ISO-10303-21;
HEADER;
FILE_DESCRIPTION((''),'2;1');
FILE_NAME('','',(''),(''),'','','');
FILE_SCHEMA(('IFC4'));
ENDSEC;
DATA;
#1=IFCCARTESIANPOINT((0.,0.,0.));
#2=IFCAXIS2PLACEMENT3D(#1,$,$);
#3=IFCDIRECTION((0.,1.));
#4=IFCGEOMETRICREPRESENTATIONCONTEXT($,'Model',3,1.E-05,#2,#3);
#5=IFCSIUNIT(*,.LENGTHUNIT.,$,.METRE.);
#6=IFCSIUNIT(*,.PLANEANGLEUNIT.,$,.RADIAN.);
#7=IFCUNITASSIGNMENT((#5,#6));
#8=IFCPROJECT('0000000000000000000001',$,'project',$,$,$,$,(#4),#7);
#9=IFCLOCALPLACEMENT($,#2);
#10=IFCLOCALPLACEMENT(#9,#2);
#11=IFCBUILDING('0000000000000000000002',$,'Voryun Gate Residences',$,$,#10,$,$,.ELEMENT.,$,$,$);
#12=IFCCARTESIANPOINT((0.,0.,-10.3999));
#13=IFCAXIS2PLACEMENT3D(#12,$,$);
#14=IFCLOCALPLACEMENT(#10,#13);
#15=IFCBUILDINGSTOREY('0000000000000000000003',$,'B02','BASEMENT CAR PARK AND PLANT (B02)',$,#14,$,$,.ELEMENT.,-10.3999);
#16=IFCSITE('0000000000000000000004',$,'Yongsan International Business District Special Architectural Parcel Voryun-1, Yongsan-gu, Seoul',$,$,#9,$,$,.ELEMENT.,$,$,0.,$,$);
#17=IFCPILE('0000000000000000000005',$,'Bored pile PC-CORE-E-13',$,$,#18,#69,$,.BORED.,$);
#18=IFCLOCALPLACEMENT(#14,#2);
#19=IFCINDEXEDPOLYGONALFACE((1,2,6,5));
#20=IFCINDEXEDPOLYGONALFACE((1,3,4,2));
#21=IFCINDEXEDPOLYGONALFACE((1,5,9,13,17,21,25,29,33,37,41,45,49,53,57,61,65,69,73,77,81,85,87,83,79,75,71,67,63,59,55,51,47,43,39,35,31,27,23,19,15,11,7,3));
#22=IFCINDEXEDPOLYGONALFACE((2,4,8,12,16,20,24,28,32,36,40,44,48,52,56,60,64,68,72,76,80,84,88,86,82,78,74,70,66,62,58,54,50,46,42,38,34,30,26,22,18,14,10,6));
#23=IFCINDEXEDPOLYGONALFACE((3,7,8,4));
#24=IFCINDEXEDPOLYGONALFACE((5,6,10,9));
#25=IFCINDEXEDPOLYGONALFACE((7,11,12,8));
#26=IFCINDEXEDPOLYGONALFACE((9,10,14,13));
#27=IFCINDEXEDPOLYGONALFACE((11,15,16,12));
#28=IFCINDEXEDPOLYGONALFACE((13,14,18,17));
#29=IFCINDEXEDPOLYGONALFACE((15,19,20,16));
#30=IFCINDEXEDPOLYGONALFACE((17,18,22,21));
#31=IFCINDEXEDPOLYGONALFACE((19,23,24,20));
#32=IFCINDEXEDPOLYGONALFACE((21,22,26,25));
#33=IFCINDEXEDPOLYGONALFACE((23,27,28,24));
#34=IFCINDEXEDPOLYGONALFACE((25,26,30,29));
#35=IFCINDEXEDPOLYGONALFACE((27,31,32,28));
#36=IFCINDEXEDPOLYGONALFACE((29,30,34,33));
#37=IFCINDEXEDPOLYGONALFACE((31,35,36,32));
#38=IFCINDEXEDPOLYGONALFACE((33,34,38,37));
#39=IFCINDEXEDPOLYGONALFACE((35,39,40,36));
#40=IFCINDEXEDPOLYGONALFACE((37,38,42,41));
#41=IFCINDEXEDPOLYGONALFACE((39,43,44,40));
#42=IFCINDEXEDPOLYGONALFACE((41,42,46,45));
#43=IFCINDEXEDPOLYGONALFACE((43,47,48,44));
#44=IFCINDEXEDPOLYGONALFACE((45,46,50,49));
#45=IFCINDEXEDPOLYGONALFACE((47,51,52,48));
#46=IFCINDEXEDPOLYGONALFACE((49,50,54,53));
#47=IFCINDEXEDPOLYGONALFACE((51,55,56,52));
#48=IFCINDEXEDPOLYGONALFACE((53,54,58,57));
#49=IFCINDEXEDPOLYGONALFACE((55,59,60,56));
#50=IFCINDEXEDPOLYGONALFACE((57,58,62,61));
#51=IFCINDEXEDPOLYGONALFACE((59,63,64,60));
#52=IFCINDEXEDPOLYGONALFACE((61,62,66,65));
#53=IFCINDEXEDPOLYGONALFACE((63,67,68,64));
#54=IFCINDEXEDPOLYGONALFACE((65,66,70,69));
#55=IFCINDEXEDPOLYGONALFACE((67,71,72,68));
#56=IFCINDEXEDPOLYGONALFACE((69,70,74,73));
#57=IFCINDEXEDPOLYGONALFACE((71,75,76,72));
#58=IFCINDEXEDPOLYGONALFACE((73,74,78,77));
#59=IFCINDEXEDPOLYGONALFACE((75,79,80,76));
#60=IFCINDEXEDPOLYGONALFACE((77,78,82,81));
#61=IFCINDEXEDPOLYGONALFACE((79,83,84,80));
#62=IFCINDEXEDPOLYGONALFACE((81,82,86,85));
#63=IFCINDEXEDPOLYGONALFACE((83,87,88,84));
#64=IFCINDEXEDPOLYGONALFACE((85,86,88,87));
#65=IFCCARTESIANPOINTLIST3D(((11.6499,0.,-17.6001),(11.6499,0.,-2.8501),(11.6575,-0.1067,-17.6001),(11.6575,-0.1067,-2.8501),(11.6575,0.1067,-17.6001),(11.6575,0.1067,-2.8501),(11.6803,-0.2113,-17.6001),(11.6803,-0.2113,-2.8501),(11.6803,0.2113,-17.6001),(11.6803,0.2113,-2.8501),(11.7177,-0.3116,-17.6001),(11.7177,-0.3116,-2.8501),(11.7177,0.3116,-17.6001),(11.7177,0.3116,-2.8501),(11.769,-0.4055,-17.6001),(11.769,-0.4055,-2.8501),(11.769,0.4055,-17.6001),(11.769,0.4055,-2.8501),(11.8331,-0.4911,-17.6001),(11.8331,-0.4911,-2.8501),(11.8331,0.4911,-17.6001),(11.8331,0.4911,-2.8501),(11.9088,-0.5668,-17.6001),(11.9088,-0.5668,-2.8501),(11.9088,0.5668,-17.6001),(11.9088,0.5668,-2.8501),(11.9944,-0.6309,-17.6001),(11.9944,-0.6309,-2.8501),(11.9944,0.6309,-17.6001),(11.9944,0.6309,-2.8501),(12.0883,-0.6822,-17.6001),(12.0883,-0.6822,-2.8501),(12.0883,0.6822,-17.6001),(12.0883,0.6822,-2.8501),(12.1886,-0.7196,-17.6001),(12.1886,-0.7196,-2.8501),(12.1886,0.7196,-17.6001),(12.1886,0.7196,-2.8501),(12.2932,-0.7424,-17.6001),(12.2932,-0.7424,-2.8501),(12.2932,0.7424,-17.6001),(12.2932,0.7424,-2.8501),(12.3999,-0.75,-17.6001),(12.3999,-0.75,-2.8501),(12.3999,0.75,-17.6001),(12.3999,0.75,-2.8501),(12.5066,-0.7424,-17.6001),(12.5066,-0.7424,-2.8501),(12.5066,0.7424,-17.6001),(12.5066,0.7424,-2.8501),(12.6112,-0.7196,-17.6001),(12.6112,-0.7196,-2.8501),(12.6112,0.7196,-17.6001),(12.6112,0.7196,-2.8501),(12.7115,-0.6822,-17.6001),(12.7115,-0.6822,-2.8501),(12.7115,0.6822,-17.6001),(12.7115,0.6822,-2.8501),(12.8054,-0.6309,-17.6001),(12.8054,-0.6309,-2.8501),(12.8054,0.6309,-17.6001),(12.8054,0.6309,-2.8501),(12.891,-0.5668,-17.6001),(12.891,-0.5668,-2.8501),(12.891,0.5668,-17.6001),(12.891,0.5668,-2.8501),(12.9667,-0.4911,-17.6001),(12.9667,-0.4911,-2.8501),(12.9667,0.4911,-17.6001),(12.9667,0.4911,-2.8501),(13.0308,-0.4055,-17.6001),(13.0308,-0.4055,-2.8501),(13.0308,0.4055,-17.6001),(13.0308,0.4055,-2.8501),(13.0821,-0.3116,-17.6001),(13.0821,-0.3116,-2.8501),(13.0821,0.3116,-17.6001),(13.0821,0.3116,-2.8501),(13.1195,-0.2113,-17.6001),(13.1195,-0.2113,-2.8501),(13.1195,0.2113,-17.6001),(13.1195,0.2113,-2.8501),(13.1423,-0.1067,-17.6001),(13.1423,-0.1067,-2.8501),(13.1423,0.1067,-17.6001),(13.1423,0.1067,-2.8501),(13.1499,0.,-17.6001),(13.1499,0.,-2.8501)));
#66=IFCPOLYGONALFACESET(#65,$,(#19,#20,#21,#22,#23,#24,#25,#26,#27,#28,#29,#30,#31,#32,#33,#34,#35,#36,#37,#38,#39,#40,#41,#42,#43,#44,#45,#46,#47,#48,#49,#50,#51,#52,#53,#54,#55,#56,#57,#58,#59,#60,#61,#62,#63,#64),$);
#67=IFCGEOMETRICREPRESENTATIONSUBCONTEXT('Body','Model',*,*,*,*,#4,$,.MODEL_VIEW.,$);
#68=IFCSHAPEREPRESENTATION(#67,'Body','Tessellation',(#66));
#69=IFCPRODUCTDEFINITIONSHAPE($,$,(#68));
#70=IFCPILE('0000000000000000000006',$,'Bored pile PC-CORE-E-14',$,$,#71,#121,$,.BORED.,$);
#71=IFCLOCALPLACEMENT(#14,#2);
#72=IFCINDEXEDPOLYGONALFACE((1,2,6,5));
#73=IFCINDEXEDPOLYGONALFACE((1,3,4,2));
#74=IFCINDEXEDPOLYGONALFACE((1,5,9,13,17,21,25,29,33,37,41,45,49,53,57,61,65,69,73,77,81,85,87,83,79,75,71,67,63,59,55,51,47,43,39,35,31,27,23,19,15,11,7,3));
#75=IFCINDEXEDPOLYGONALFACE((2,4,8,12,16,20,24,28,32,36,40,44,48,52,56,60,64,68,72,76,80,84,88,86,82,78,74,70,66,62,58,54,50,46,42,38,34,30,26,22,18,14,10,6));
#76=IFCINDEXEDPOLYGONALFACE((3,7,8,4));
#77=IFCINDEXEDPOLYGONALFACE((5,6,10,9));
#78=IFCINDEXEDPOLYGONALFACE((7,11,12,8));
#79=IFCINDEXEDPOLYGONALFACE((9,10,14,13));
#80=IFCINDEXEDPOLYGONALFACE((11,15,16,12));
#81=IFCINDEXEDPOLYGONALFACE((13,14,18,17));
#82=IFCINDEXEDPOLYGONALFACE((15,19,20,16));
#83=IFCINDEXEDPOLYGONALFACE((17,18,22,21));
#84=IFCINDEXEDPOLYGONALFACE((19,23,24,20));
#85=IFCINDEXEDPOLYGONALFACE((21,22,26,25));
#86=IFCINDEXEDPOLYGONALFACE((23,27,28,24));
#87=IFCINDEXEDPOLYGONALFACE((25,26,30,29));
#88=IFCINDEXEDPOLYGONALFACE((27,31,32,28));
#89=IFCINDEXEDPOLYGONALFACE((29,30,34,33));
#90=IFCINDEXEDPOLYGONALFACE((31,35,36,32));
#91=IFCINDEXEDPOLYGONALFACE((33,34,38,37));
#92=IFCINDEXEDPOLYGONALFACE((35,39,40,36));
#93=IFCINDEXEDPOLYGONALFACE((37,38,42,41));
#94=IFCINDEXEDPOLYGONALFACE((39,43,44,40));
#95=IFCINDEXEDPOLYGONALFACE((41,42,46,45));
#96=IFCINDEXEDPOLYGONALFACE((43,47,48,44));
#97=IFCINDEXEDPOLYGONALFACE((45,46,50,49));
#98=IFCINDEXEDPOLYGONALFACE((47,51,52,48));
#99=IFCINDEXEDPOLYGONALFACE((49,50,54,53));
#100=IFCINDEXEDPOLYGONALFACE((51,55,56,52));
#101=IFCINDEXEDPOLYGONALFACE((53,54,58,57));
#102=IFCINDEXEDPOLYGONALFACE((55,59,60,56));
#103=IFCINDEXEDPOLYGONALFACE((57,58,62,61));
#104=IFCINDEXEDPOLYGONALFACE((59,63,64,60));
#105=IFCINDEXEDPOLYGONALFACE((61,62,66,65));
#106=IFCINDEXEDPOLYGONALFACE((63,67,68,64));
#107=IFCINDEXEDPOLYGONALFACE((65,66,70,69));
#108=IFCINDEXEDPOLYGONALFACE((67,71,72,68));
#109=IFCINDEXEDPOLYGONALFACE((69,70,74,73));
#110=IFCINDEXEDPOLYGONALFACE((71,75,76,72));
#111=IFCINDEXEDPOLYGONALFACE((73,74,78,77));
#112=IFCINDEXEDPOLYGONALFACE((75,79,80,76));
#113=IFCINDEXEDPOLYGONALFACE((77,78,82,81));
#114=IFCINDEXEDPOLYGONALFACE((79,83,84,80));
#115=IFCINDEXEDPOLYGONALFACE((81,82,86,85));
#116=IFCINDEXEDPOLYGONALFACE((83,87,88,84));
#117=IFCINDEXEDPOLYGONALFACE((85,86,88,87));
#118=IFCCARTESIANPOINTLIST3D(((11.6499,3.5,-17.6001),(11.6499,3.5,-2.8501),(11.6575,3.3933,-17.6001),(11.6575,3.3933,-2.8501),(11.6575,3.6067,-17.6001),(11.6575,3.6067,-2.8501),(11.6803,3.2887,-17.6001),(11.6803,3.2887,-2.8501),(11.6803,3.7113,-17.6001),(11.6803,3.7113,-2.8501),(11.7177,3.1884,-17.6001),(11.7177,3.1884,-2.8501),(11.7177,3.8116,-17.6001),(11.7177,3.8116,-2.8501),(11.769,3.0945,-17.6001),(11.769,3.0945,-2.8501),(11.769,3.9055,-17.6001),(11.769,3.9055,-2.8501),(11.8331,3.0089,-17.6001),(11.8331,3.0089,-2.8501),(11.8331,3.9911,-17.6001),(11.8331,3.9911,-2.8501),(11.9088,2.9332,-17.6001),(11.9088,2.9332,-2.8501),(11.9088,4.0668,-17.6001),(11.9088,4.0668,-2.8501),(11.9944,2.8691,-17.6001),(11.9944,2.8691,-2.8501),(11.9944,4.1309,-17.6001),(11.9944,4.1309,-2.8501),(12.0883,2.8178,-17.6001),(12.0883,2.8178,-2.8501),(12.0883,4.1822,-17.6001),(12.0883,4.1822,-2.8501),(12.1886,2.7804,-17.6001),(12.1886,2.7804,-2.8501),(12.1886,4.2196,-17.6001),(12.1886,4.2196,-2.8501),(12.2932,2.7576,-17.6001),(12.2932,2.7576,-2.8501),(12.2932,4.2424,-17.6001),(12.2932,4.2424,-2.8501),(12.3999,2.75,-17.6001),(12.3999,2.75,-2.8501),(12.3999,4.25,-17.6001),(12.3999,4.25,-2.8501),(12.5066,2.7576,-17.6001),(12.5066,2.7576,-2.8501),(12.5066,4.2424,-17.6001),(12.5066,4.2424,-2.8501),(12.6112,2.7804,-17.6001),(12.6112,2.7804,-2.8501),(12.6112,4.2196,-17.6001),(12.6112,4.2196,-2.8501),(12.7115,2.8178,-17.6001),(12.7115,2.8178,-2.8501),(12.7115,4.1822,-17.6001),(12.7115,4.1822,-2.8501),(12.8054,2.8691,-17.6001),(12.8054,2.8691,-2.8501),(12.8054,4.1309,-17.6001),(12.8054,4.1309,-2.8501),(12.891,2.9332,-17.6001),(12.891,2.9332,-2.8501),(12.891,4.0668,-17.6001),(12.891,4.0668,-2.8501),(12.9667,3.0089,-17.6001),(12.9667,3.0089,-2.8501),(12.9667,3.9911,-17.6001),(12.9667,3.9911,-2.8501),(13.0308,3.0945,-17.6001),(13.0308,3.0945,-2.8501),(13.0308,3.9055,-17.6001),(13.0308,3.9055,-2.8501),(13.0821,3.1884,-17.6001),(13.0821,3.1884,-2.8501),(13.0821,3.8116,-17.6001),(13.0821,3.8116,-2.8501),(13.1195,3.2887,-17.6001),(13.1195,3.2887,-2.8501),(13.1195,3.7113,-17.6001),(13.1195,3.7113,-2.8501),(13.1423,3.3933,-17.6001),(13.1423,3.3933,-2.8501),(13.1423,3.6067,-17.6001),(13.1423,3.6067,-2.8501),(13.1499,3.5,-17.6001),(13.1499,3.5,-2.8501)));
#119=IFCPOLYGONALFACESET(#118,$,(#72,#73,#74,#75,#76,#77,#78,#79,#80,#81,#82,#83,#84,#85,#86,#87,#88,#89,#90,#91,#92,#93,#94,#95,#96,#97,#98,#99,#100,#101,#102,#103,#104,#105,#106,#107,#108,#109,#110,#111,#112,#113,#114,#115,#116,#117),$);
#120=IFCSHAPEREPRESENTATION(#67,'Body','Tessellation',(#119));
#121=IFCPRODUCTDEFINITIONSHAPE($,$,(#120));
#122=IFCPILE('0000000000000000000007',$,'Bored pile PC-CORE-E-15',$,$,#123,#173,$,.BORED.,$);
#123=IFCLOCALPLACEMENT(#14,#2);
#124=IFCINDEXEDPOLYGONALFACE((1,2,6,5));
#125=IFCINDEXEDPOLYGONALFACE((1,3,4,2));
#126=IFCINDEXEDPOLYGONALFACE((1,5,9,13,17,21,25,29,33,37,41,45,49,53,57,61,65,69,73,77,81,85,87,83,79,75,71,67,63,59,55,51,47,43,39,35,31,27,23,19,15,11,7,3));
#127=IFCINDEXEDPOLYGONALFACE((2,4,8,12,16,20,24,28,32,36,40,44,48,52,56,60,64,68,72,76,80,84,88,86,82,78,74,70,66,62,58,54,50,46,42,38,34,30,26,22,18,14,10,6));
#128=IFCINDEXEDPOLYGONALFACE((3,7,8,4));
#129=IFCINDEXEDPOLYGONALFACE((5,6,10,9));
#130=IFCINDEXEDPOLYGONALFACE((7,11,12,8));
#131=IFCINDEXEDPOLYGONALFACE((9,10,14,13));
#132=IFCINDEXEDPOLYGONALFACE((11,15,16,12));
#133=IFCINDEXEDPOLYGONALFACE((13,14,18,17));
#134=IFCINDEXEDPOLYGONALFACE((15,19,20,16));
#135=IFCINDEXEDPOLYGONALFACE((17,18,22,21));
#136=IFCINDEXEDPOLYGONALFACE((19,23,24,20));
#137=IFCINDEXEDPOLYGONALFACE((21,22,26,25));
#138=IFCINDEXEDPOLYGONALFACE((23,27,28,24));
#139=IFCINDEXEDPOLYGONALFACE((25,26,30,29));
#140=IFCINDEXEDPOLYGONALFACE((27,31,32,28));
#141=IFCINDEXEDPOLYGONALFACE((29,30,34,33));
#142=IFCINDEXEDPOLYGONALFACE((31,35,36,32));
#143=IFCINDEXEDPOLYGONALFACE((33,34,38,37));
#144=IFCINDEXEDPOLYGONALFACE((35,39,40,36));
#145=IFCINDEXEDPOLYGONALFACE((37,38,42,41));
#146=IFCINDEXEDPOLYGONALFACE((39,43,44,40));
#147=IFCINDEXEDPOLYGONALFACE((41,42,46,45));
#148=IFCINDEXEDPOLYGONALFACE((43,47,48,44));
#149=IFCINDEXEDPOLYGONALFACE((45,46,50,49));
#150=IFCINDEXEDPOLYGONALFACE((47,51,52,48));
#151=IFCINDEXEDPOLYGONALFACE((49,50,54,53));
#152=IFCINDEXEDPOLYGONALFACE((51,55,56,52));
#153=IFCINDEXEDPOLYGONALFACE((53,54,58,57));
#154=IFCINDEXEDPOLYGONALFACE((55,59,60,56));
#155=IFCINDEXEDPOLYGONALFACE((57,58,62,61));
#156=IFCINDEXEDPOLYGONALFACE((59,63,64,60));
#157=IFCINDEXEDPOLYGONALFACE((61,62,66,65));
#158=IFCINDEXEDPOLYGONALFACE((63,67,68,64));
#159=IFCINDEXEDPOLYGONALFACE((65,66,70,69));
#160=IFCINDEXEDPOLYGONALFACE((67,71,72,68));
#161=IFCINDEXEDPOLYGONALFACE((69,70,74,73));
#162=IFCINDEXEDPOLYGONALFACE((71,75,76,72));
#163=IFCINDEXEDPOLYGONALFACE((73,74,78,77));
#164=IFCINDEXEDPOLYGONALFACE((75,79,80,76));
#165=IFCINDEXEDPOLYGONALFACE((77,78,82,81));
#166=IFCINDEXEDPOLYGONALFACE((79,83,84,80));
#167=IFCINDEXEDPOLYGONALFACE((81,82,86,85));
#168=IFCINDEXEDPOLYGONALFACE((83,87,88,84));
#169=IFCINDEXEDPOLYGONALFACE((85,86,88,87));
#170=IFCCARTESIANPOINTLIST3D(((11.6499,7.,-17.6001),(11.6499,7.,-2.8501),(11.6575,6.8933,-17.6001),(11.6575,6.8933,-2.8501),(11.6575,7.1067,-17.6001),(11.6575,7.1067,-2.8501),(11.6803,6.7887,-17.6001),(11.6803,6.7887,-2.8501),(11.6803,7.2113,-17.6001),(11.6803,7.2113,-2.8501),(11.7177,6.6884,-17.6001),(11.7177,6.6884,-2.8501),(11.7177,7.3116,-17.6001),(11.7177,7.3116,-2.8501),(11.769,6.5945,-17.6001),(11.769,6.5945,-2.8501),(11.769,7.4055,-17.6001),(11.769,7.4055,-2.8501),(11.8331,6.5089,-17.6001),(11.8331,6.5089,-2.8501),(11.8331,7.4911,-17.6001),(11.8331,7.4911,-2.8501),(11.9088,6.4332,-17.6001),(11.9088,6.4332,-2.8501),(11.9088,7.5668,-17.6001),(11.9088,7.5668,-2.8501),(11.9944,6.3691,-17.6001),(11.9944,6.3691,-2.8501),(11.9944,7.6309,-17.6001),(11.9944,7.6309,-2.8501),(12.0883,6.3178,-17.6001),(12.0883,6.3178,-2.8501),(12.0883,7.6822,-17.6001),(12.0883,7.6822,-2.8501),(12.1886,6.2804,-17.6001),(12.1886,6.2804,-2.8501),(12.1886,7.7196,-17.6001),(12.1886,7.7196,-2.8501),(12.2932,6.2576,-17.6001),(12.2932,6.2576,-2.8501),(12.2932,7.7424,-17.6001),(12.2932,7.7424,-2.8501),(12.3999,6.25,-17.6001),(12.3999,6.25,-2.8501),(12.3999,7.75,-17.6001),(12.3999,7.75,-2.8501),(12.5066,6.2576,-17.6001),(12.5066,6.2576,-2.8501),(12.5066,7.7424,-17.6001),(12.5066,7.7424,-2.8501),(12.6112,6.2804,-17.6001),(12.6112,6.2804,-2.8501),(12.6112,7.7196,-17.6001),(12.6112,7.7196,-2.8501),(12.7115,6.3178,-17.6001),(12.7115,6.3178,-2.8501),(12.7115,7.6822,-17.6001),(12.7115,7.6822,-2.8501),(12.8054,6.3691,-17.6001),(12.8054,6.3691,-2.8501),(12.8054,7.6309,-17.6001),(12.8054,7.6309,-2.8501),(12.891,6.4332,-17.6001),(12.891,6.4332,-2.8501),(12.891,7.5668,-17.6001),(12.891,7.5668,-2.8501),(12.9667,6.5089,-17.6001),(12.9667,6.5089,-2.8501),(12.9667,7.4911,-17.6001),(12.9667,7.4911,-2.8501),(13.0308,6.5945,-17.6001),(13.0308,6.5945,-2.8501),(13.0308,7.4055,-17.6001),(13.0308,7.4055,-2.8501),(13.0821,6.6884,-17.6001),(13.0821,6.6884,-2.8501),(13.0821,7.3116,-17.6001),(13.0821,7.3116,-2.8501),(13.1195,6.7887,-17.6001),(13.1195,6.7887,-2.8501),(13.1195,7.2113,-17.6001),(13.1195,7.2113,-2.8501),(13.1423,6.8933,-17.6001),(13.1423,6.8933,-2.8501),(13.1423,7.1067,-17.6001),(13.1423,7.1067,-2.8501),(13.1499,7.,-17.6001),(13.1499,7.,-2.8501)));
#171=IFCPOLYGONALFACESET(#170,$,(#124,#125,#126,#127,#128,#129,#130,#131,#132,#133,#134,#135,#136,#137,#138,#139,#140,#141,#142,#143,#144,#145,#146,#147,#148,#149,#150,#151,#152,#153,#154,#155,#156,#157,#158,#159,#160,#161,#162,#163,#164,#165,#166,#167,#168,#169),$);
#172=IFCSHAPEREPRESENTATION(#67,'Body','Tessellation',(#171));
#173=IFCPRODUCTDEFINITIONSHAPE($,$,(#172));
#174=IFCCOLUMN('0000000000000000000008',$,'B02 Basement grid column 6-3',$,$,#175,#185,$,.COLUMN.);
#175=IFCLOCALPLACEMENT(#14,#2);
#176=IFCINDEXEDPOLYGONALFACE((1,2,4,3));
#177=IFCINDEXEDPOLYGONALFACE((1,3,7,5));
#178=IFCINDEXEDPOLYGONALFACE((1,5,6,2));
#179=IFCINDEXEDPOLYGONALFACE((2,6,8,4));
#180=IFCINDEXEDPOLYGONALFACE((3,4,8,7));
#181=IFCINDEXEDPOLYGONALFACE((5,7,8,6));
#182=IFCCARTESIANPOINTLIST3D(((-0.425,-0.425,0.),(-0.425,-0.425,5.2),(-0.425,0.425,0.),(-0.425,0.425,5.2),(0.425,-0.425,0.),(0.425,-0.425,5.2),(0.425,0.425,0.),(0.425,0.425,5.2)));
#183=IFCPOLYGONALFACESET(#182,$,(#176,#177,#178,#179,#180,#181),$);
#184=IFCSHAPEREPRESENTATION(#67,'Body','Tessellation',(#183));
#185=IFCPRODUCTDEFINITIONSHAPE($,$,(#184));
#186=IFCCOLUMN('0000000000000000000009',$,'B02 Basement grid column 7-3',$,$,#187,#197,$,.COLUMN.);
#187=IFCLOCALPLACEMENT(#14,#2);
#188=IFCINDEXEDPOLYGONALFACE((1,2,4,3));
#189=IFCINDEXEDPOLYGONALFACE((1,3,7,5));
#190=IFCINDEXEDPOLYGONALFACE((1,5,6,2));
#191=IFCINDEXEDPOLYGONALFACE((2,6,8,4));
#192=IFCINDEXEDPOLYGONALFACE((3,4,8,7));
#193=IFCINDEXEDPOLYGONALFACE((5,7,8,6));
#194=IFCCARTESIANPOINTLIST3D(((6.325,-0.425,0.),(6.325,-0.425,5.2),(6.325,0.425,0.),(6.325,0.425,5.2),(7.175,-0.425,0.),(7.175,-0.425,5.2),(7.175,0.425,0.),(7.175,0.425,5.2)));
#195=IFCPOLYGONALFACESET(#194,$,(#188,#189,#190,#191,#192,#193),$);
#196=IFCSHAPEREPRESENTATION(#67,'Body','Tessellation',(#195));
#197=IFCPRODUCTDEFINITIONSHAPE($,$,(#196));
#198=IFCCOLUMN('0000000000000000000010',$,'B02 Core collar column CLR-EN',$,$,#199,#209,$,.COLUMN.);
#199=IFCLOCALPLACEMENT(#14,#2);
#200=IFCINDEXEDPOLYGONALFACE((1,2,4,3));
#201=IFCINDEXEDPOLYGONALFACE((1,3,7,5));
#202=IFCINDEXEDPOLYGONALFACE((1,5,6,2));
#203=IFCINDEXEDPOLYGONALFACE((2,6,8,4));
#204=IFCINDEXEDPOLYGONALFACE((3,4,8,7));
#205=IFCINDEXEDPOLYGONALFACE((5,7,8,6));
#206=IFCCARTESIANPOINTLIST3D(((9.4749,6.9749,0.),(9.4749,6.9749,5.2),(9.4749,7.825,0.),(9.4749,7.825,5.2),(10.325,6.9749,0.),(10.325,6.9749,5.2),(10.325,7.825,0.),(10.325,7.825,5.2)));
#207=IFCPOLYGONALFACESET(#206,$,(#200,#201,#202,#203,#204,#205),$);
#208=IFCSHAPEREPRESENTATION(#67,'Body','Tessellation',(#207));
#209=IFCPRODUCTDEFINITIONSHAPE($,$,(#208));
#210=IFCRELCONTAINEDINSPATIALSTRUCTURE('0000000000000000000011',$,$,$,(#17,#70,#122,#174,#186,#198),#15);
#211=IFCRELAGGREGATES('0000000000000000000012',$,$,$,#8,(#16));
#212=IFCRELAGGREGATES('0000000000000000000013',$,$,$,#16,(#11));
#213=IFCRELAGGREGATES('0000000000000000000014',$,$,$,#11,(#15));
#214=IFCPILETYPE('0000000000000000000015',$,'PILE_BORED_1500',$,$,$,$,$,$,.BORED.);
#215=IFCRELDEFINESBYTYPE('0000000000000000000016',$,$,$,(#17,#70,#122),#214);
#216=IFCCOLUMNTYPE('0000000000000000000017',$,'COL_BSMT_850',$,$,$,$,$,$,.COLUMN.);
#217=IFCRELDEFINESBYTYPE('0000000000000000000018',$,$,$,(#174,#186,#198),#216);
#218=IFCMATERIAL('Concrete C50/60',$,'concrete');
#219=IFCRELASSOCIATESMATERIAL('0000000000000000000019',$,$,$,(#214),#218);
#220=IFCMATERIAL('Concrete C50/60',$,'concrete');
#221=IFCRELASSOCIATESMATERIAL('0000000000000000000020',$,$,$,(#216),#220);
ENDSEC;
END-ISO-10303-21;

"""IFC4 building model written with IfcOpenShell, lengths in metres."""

from ifc_helpers import new_model, si_unit, direction, frame, origin, origin_2d, place, context, subcontext, project, spatial, rectangle, circle, extrude, material, material_profile, profile_set, type_object, element, save


model = new_model("IFC4")

# Units and contexts
model_context = context("Model", 3, precision=1e-05, world=origin(), true_north=direction((0.0, 1.0)))
body_context = subcontext(model_context, "Body", "Model", "MODEL_VIEW")
ifc_project = project(units=[si_unit("LENGTHUNIT", "METRE"), si_unit("PLANEANGLEUNIT", "RADIAN")], contexts=[model_context])

# Site, building, storey
site_placement = place(None, origin())
site = spatial("IfcSite", under=ifc_project, at=site_placement, Name="Yongsan International Business District Special Architectural Parcel Voryun-1, Yongsan-gu, Seoul", CompositionType="ELEMENT", RefElevation=0.0)
building_placement = place(site_placement, origin())
building = spatial("IfcBuilding", under=site, at=building_placement, Name="Voryun Gate Residences", CompositionType="ELEMENT")
storey_placement = place(building_placement, frame((0.0, 0.0, -10.3999)))
storey = spatial("IfcBuildingStorey", under=building, at=storey_placement, Name="B02", Description="BASEMENT CAR PARK AND PLANT (B02)", CompositionType="ELEMENT", Elevation=-10.3999)

# Piles
ifc_material_1 = material(Name="Concrete C50/60", Category="concrete")
ifc_material_profile_1 = material_profile(ifc_material_1, circle(Radius=0.75, at=origin_2d()), Name="PILE-D1500")
ifc_profile_set_1 = profile_set([ifc_material_profile_1], Name="Concrete C50/60")
pile_type = type_object("IfcPileType", Name="PILE_BORED_1500", PredefinedType="BORED", material=ifc_profile_set_1)
for number, where, z_axis, x_axis, name in (
    (1, (12.3999, 0.0, -2.8501), (0.0, 0.0, -1.0), (1.0, 0.0, 0.0), "Bored pile PC-CORE-E-13"),
    (2, (12.3999, 3.5, -2.8501), (0.0, 0.0, -1.0), (1.0, 0.0, 0.0), "Bored pile PC-CORE-E-14"),
    (3, (12.3999, 7.0, -2.8501), (0.0, 0.0, -1.0), (1.0, 0.0, 0.0), "Bored pile PC-CORE-E-15"),
):
    element("IfcPile", number, at=place(storey_placement, frame(where, z_axis=z_axis, x_axis=x_axis)), inside=storey, type_object=pile_type, Name=name, PredefinedType="BORED", context=body_context, shape_type="SweptSolid", body=[
        extrude(circle(Radius=0.75, at=origin_2d()), origin(), (0.0, 0.0, 1.0), 14.75),
    ])

# Columns
ifc_material_2 = material(Name="Concrete C50/60", Category="concrete")
ifc_material_profile_2 = material_profile(ifc_material_2, rectangle(XDim=0.8501, YDim=0.8501, at=origin_2d()), Name="RC-850x850")
ifc_profile_set_2 = profile_set([ifc_material_profile_2], Name="Concrete C50/60")
column_type = type_object("IfcColumnType", Name="COL_BSMT_850", PredefinedType="COLUMN", material=ifc_profile_set_2)
for number, where, z_axis, x_axis, name in (
    (4, (0.0, 0.0, 0.0), (0.0, 0.0, 1.0), (1.0, 0.0, 0.0), "B02 Basement grid column 6-3"),
    (5, (6.75, 0.0, 0.0), (0.0, 0.0, 1.0), (1.0, 0.0, 0.0), "B02 Basement grid column 7-3"),
    (6, (9.8999, 7.3999, 0.0), (0.0, 0.0, 1.0), (1.0, 0.0, 0.0), "B02 Core collar column CLR-EN"),
):
    element("IfcColumn", number, at=place(storey_placement, frame(where, z_axis=z_axis, x_axis=x_axis)), inside=storey, type_object=column_type, Name=name, PredefinedType="COLUMN", context=body_context, shape_type="SweptSolid", body=[
        extrude(rectangle(XDim=0.8501, YDim=0.8501, at=origin_2d()), origin(), (0.0, 0.0, 1.0), 5.2),
    ])

save(model, "model.ifc")
